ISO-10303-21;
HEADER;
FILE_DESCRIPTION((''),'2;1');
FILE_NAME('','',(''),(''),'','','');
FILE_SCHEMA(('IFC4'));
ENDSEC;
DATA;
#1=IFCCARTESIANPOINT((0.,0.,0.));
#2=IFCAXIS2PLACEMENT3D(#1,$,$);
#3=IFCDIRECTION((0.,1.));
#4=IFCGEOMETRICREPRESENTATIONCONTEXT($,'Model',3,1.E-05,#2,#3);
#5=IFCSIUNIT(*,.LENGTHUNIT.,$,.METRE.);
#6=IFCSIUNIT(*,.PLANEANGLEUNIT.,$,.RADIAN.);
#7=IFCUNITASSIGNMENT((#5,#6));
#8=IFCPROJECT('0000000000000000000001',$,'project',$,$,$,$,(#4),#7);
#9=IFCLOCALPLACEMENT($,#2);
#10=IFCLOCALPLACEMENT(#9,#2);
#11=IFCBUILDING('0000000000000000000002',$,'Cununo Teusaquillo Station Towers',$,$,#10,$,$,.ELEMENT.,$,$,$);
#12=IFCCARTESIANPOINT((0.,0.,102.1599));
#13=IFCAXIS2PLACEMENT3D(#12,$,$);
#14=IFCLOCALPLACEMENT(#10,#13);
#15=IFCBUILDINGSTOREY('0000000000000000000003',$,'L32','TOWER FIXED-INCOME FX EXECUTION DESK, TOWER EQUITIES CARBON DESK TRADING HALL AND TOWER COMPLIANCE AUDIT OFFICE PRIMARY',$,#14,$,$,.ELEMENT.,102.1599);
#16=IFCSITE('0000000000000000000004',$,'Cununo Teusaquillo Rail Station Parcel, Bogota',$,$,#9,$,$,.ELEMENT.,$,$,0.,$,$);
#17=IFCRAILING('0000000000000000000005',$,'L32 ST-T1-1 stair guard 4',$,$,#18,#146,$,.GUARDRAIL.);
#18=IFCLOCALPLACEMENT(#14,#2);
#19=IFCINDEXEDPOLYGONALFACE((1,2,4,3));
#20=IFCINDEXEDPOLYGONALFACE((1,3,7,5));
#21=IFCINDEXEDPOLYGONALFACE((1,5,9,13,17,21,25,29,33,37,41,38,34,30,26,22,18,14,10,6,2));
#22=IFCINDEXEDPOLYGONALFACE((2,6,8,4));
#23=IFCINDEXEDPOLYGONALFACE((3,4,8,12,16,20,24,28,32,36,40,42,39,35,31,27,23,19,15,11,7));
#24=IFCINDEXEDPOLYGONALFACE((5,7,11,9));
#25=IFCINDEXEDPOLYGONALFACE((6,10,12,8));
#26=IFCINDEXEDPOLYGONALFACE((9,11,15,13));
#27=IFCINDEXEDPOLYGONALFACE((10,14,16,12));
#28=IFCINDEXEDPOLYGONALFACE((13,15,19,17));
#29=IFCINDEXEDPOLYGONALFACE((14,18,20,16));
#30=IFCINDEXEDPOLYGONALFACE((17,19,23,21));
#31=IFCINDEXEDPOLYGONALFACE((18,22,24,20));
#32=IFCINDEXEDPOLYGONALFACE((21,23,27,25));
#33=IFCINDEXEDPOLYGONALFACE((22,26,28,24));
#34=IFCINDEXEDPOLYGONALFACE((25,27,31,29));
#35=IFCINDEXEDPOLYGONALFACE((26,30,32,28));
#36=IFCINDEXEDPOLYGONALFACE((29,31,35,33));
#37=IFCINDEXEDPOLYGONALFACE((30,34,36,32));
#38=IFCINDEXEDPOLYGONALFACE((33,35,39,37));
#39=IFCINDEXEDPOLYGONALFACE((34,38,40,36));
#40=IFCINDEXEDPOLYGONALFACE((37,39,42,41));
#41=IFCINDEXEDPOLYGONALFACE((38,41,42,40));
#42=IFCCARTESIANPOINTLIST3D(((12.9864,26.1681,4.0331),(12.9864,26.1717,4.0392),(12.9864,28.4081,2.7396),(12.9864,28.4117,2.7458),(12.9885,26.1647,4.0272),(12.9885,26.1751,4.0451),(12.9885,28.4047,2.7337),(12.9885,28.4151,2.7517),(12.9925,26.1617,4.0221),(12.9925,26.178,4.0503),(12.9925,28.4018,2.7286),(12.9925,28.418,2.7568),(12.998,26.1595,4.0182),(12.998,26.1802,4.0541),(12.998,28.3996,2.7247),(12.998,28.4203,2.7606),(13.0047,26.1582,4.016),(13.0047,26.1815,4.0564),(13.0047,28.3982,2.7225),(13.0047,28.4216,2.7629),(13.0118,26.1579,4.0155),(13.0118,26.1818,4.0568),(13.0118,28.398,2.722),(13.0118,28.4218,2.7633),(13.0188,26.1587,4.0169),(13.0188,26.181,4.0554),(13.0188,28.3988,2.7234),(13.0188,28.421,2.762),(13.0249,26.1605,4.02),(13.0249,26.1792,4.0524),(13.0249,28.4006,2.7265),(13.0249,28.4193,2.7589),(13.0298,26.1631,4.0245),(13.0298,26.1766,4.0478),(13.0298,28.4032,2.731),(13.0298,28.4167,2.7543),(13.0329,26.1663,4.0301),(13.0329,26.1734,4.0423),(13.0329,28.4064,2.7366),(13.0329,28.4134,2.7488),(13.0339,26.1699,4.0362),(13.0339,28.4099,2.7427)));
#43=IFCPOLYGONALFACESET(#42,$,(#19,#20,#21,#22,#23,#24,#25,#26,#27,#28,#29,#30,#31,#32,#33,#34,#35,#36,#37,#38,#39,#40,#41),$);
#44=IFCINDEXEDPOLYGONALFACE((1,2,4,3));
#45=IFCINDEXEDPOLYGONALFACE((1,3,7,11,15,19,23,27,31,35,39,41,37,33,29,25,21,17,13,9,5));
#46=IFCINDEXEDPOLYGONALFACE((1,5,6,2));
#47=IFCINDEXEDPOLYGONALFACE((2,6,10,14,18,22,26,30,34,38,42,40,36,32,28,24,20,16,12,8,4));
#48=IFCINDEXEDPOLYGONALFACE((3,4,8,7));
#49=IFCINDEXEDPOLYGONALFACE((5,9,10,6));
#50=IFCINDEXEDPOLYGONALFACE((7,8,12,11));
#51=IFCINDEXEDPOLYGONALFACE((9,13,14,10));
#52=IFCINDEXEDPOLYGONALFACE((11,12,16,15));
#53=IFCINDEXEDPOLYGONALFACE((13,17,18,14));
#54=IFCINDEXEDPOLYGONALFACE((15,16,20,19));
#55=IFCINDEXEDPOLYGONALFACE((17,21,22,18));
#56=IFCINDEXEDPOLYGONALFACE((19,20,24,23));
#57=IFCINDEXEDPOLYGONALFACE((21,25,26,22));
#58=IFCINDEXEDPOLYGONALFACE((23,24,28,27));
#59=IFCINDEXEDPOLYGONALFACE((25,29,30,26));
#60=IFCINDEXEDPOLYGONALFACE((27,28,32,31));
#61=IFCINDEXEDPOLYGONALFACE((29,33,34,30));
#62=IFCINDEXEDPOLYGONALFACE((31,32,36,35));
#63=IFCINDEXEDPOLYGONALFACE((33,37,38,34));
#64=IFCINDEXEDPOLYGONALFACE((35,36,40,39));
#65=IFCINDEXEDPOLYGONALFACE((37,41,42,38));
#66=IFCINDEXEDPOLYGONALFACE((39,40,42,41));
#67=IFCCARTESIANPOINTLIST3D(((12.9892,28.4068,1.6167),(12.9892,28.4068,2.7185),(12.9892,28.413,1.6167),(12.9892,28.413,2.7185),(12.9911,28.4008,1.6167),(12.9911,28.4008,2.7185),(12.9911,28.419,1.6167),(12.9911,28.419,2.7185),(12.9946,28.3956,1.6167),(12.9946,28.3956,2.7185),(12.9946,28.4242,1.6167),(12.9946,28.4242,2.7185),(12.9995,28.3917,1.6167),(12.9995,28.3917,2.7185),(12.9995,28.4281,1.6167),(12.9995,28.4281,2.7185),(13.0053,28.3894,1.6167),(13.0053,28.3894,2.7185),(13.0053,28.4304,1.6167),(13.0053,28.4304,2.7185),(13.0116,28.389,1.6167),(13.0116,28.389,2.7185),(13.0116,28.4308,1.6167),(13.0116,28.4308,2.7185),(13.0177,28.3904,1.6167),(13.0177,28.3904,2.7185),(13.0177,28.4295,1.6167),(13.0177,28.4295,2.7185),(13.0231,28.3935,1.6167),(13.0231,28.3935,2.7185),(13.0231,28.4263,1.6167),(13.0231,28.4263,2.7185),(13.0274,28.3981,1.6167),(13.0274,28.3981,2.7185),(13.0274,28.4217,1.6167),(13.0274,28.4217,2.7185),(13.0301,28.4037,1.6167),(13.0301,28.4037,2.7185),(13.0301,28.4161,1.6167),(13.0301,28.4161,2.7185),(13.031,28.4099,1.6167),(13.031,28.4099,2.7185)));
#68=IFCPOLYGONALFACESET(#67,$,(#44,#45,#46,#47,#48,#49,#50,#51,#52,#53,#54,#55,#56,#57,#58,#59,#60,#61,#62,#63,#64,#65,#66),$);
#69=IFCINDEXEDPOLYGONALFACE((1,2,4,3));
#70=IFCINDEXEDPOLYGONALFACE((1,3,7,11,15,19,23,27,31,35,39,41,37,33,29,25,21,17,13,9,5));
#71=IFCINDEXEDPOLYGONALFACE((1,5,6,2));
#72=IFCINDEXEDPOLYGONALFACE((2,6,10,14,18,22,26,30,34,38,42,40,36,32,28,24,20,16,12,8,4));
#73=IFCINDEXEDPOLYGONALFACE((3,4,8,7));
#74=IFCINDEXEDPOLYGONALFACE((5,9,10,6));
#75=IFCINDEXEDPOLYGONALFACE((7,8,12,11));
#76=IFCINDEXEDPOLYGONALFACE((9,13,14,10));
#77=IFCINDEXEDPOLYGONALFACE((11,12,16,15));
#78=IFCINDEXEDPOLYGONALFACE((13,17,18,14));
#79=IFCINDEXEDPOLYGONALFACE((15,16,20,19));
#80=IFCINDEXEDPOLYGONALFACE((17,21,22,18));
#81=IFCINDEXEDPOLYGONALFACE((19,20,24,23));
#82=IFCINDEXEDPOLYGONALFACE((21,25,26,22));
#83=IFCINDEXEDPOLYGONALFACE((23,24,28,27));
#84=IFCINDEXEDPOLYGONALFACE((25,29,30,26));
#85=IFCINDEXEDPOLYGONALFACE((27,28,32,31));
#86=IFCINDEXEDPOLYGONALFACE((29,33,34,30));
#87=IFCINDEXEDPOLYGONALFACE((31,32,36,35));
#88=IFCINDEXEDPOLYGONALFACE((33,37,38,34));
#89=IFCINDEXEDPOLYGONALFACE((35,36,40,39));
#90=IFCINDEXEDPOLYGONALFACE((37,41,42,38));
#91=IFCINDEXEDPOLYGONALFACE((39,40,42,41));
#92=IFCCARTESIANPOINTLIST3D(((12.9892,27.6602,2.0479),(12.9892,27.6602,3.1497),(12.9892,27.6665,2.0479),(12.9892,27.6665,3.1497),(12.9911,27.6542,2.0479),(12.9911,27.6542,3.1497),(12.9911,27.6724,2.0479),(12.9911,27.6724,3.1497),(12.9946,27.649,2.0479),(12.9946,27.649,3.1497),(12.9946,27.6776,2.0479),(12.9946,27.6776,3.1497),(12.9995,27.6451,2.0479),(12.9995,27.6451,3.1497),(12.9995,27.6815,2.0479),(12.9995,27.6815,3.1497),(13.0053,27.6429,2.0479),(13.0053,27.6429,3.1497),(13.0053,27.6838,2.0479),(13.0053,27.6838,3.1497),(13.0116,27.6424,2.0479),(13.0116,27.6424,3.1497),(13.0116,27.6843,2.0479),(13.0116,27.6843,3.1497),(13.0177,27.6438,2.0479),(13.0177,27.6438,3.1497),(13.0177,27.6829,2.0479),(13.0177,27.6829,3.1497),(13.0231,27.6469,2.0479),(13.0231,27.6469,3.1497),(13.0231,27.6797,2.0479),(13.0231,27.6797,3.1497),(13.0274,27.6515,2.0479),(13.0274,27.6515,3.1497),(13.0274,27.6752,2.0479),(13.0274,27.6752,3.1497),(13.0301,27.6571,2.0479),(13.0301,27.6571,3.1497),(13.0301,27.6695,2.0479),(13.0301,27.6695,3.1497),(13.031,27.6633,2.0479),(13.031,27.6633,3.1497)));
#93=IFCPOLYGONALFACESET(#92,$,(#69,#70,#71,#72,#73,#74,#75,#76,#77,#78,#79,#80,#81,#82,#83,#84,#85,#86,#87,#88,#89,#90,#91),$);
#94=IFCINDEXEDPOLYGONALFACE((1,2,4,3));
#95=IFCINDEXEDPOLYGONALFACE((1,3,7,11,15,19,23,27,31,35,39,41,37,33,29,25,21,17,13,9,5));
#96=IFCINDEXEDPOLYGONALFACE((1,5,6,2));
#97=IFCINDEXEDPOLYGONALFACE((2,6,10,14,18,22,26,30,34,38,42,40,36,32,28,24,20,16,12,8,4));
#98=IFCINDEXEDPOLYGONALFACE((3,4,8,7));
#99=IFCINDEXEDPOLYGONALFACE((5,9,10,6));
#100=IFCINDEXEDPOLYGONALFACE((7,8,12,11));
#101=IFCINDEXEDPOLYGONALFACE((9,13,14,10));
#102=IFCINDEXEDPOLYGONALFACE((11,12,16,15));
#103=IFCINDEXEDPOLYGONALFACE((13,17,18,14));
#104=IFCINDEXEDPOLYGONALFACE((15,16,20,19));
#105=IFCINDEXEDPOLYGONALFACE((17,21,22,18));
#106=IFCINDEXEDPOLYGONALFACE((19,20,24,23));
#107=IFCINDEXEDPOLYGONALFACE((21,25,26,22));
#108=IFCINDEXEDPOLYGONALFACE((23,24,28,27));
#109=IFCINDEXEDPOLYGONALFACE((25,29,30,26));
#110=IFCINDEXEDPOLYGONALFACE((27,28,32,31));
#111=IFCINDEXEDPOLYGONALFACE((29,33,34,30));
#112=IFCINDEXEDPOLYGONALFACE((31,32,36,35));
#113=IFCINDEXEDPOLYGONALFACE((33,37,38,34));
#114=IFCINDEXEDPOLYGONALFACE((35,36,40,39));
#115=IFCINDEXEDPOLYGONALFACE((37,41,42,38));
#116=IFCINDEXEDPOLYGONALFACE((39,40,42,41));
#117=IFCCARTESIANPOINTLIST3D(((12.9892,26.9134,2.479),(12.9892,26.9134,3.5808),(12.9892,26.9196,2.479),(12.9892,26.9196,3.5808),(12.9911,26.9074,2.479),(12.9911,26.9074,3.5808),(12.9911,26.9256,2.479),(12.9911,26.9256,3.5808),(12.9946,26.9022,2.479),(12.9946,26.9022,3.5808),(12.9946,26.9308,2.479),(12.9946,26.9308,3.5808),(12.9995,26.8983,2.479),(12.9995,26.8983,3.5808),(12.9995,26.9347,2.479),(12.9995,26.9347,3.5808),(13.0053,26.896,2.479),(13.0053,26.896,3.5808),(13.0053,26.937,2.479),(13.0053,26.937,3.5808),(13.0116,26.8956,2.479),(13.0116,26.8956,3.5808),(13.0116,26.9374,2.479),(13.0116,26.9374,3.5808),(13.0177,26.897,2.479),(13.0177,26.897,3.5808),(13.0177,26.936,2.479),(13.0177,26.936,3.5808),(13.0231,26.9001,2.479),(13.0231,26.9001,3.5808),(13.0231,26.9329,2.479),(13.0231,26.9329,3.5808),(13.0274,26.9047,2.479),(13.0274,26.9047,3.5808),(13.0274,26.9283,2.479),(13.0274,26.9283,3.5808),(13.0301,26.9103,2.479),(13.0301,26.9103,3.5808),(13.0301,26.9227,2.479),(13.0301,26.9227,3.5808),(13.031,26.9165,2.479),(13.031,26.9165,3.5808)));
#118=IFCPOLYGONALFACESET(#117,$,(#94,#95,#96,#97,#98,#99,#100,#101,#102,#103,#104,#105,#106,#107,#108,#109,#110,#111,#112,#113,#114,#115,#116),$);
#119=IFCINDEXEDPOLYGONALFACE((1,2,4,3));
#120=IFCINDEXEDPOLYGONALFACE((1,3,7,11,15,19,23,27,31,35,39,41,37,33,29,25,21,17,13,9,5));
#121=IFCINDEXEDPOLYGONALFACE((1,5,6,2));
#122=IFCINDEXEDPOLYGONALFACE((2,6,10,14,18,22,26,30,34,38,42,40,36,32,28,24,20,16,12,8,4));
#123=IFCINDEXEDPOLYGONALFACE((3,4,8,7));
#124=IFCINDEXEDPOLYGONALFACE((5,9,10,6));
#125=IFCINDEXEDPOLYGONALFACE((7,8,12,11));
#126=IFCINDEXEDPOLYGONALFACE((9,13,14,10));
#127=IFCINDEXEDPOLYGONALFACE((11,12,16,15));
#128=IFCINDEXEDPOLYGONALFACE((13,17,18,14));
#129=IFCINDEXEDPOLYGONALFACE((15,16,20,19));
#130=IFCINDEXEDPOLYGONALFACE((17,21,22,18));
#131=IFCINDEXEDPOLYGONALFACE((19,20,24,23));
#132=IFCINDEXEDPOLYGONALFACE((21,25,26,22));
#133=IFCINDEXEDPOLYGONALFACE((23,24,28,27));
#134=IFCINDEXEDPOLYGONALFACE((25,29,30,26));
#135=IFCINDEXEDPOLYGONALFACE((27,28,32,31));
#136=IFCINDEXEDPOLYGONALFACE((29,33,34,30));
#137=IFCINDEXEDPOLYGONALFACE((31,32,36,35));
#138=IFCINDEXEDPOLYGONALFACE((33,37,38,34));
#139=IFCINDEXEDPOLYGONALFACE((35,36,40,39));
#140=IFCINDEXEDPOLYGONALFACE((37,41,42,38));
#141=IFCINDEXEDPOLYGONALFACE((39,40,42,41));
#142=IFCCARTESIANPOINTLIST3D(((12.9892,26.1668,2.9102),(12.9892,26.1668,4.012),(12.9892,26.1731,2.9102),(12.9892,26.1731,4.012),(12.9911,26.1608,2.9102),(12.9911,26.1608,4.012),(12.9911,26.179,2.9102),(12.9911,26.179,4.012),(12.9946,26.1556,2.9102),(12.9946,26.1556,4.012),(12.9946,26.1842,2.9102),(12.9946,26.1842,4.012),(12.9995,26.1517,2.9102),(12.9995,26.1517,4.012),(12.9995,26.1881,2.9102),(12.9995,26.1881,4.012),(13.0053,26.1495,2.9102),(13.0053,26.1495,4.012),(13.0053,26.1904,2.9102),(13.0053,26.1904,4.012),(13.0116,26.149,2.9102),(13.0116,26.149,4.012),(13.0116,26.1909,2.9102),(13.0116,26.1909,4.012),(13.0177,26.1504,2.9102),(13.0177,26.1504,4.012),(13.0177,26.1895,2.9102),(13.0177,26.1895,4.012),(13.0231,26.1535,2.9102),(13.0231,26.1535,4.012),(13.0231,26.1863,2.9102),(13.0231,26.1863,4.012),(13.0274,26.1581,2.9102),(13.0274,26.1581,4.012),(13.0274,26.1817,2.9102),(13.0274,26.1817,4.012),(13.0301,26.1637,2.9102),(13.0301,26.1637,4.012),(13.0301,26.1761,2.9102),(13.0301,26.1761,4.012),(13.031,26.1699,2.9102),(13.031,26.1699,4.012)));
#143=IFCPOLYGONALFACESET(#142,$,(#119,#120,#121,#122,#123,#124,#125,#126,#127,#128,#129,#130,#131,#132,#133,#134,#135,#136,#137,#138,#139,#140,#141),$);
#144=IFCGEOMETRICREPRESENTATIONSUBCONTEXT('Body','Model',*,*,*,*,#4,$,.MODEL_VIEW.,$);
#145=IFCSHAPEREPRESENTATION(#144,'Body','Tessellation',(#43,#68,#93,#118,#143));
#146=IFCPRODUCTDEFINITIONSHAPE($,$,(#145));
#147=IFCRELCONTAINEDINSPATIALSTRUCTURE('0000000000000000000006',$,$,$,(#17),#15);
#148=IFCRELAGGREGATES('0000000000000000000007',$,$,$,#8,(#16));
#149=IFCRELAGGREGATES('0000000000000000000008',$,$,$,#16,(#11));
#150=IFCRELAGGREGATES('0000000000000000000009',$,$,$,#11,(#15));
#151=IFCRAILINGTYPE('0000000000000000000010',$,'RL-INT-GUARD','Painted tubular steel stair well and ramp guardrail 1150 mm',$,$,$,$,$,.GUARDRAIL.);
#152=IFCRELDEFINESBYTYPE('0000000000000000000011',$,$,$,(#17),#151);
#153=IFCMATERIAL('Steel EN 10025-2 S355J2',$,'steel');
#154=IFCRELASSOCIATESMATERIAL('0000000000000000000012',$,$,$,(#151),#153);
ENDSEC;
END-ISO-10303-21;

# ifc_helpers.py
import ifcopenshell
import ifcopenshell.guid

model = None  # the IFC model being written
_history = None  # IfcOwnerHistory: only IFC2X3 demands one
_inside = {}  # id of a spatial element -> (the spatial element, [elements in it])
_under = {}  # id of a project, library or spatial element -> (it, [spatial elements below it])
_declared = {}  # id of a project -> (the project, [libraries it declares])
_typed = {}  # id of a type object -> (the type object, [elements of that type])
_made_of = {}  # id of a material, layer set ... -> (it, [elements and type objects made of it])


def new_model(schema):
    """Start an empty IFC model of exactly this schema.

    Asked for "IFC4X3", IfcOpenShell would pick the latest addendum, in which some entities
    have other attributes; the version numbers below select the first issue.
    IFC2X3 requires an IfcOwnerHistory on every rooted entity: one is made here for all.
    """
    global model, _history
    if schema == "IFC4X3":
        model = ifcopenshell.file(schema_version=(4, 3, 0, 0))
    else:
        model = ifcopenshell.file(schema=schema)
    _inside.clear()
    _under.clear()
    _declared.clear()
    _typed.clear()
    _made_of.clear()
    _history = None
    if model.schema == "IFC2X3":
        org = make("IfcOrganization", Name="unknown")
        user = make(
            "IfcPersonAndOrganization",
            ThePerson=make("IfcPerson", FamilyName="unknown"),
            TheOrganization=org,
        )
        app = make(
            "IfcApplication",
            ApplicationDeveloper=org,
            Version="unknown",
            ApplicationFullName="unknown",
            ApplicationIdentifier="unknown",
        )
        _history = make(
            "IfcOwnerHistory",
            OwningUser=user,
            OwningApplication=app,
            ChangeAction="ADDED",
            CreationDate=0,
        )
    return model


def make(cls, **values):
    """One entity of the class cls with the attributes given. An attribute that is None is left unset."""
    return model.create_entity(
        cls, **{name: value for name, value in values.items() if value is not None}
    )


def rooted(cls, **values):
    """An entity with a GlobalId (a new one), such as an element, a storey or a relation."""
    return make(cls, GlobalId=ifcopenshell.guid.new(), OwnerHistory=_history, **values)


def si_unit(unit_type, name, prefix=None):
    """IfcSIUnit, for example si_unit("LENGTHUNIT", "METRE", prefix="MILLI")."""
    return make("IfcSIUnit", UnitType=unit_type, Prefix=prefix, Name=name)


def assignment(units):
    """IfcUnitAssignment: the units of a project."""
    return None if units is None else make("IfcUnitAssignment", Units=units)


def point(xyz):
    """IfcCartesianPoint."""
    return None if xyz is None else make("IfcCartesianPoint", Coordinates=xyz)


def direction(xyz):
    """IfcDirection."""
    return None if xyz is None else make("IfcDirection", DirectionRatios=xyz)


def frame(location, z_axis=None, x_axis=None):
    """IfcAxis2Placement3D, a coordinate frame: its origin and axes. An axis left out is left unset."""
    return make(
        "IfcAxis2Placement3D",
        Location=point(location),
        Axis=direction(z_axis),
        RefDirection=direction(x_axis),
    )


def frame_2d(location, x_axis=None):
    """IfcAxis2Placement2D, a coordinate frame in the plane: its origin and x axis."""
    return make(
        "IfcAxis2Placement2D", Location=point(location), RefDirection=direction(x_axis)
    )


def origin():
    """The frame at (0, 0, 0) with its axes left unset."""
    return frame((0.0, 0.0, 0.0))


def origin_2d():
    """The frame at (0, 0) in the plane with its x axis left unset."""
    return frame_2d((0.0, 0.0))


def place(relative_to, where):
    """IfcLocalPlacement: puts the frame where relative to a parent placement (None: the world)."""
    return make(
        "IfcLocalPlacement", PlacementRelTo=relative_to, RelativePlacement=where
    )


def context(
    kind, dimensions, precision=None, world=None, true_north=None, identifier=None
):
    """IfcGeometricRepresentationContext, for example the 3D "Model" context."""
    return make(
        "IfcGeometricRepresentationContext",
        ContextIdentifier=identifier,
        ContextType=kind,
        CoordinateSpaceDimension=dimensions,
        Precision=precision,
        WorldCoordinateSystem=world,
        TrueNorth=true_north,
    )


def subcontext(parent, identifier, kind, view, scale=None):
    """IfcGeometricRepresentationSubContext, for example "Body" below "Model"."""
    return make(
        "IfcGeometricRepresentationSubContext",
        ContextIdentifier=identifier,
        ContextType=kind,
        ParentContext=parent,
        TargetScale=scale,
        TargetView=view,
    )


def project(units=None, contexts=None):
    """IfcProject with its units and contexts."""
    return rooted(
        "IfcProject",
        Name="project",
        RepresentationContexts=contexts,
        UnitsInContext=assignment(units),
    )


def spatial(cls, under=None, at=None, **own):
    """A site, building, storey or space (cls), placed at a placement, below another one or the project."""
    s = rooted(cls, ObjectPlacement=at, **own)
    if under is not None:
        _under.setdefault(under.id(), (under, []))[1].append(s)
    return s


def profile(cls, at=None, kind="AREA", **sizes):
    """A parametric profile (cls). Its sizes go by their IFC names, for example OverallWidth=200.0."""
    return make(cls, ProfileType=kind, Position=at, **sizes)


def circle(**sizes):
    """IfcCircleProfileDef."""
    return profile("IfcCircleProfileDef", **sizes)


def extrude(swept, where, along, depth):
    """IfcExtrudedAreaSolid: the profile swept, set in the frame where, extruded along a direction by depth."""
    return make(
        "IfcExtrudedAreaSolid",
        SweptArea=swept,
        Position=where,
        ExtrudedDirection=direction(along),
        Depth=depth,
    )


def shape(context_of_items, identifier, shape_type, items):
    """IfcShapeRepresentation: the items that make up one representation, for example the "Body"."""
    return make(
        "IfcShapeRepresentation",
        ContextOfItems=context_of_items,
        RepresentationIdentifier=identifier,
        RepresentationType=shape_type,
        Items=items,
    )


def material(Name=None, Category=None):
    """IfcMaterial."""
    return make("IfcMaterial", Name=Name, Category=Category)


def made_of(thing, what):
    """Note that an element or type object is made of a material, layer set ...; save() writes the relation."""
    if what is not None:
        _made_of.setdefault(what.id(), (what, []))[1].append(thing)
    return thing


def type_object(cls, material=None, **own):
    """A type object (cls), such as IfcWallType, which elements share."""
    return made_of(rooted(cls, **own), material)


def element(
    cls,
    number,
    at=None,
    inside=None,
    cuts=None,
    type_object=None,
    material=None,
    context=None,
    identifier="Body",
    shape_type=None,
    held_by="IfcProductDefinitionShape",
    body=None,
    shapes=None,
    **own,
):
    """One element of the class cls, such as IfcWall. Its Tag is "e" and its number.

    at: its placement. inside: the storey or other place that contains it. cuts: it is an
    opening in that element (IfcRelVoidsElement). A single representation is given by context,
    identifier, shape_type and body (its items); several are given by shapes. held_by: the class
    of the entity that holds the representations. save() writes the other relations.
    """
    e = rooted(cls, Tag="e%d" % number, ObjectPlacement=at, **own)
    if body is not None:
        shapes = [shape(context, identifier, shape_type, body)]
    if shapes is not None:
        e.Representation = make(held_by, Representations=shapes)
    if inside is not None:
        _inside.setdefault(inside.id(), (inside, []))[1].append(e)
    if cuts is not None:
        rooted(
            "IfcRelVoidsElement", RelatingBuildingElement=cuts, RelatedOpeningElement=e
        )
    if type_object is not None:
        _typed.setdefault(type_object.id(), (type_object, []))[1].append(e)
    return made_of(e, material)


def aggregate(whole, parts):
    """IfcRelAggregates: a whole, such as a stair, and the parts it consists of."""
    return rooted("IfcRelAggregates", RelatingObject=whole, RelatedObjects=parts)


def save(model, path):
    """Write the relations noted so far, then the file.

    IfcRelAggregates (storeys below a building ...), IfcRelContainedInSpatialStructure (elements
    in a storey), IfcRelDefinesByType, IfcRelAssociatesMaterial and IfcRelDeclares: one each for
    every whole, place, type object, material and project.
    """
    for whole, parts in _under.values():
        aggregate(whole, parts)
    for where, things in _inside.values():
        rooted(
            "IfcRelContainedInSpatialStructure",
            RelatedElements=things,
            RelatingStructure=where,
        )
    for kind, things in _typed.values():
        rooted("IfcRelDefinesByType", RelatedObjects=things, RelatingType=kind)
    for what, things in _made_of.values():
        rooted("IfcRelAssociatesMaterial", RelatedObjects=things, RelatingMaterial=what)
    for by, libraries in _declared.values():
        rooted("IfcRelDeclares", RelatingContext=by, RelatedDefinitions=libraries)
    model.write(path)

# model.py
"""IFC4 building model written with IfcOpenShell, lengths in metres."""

from ifc_helpers import new_model, si_unit, direction, frame, origin, origin_2d, place, context, subcontext, project, spatial, circle, extrude, material, type_object, element, save


model = new_model("IFC4")

# Units and contexts
model_context = context("Model", 3, precision=1e-05, world=origin(), true_north=direction((0.0, 1.0)))
body_context = subcontext(model_context, "Body", "Model", "MODEL_VIEW")
ifc_project = project(units=[si_unit("LENGTHUNIT", "METRE"), si_unit("PLANEANGLEUNIT", "RADIAN")], contexts=[model_context])

# Site, building, storey
site_placement = place(None, origin())
site = spatial("IfcSite", under=ifc_project, at=site_placement, Name="Cununo Teusaquillo Rail Station Parcel, Bogota", CompositionType="ELEMENT", RefElevation=0.0)
building_placement = place(site_placement, origin())
building = spatial("IfcBuilding", under=site, at=building_placement, Name="Cununo Teusaquillo Station Towers", CompositionType="ELEMENT")
storey_placement = place(building_placement, frame((0.0, 0.0, 102.1599)))
storey = spatial("IfcBuildingStorey", under=building, at=storey_placement, Name="L32", Description="TOWER FIXED-INCOME FX EXECUTION DESK, TOWER EQUITIES CARBON DESK TRADING HALL AND TOWER COMPLIANCE AUDIT OFFICE PRIMARY", CompositionType="ELEMENT", Elevation=102.1599)

# Railing
ifc_material_1 = material(Name="Steel EN 10025-2 S355J2", Category="steel")
railing_type_1 = type_object("IfcRailingType", Name="RL-INT-GUARD", Description="Painted tubular steel stair well and ramp guardrail 1150 mm", PredefinedType="GUARDRAIL", material=ifc_material_1)
railing_1_placement = place(storey_placement, frame((13.01, 28.4099, 1.6167)))
element("IfcRailing", 1, at=railing_1_placement, inside=storey, type_object=railing_type_1, Name="L32 ST-T1-1 stair guard 4", PredefinedType="GUARDRAIL", context=body_context, shape_type="SweptSolid", body=[
    extrude(circle(Radius=0.0239, at=origin_2d()), frame((0.0, 0.0, 1.126), z_axis=(0.0, -0.865992, 0.500057), x_axis=(1.0, 0.0, 0.0)), (0.0, 0.0, 1.0), 2.5867),
    extrude(circle(Radius=0.021, at=origin_2d()), origin(), (0.0, 0.0, 1.0), 1.1018),
    extrude(circle(Radius=0.021, at=origin_2d()), frame((0.0, -0.7466, 0.4312)), (0.0, 0.0, 1.0), 1.1018),
    extrude(circle(Radius=0.021, at=origin_2d()), frame((0.0, -1.4934, 0.8623)), (0.0, 0.0, 1.0), 1.1018),
    extrude(circle(Radius=0.021, at=origin_2d()), frame((0.0, -2.24, 1.2935)), (0.0, 0.0, 1.0), 1.1018),
])

save(model, "model.ifc")
